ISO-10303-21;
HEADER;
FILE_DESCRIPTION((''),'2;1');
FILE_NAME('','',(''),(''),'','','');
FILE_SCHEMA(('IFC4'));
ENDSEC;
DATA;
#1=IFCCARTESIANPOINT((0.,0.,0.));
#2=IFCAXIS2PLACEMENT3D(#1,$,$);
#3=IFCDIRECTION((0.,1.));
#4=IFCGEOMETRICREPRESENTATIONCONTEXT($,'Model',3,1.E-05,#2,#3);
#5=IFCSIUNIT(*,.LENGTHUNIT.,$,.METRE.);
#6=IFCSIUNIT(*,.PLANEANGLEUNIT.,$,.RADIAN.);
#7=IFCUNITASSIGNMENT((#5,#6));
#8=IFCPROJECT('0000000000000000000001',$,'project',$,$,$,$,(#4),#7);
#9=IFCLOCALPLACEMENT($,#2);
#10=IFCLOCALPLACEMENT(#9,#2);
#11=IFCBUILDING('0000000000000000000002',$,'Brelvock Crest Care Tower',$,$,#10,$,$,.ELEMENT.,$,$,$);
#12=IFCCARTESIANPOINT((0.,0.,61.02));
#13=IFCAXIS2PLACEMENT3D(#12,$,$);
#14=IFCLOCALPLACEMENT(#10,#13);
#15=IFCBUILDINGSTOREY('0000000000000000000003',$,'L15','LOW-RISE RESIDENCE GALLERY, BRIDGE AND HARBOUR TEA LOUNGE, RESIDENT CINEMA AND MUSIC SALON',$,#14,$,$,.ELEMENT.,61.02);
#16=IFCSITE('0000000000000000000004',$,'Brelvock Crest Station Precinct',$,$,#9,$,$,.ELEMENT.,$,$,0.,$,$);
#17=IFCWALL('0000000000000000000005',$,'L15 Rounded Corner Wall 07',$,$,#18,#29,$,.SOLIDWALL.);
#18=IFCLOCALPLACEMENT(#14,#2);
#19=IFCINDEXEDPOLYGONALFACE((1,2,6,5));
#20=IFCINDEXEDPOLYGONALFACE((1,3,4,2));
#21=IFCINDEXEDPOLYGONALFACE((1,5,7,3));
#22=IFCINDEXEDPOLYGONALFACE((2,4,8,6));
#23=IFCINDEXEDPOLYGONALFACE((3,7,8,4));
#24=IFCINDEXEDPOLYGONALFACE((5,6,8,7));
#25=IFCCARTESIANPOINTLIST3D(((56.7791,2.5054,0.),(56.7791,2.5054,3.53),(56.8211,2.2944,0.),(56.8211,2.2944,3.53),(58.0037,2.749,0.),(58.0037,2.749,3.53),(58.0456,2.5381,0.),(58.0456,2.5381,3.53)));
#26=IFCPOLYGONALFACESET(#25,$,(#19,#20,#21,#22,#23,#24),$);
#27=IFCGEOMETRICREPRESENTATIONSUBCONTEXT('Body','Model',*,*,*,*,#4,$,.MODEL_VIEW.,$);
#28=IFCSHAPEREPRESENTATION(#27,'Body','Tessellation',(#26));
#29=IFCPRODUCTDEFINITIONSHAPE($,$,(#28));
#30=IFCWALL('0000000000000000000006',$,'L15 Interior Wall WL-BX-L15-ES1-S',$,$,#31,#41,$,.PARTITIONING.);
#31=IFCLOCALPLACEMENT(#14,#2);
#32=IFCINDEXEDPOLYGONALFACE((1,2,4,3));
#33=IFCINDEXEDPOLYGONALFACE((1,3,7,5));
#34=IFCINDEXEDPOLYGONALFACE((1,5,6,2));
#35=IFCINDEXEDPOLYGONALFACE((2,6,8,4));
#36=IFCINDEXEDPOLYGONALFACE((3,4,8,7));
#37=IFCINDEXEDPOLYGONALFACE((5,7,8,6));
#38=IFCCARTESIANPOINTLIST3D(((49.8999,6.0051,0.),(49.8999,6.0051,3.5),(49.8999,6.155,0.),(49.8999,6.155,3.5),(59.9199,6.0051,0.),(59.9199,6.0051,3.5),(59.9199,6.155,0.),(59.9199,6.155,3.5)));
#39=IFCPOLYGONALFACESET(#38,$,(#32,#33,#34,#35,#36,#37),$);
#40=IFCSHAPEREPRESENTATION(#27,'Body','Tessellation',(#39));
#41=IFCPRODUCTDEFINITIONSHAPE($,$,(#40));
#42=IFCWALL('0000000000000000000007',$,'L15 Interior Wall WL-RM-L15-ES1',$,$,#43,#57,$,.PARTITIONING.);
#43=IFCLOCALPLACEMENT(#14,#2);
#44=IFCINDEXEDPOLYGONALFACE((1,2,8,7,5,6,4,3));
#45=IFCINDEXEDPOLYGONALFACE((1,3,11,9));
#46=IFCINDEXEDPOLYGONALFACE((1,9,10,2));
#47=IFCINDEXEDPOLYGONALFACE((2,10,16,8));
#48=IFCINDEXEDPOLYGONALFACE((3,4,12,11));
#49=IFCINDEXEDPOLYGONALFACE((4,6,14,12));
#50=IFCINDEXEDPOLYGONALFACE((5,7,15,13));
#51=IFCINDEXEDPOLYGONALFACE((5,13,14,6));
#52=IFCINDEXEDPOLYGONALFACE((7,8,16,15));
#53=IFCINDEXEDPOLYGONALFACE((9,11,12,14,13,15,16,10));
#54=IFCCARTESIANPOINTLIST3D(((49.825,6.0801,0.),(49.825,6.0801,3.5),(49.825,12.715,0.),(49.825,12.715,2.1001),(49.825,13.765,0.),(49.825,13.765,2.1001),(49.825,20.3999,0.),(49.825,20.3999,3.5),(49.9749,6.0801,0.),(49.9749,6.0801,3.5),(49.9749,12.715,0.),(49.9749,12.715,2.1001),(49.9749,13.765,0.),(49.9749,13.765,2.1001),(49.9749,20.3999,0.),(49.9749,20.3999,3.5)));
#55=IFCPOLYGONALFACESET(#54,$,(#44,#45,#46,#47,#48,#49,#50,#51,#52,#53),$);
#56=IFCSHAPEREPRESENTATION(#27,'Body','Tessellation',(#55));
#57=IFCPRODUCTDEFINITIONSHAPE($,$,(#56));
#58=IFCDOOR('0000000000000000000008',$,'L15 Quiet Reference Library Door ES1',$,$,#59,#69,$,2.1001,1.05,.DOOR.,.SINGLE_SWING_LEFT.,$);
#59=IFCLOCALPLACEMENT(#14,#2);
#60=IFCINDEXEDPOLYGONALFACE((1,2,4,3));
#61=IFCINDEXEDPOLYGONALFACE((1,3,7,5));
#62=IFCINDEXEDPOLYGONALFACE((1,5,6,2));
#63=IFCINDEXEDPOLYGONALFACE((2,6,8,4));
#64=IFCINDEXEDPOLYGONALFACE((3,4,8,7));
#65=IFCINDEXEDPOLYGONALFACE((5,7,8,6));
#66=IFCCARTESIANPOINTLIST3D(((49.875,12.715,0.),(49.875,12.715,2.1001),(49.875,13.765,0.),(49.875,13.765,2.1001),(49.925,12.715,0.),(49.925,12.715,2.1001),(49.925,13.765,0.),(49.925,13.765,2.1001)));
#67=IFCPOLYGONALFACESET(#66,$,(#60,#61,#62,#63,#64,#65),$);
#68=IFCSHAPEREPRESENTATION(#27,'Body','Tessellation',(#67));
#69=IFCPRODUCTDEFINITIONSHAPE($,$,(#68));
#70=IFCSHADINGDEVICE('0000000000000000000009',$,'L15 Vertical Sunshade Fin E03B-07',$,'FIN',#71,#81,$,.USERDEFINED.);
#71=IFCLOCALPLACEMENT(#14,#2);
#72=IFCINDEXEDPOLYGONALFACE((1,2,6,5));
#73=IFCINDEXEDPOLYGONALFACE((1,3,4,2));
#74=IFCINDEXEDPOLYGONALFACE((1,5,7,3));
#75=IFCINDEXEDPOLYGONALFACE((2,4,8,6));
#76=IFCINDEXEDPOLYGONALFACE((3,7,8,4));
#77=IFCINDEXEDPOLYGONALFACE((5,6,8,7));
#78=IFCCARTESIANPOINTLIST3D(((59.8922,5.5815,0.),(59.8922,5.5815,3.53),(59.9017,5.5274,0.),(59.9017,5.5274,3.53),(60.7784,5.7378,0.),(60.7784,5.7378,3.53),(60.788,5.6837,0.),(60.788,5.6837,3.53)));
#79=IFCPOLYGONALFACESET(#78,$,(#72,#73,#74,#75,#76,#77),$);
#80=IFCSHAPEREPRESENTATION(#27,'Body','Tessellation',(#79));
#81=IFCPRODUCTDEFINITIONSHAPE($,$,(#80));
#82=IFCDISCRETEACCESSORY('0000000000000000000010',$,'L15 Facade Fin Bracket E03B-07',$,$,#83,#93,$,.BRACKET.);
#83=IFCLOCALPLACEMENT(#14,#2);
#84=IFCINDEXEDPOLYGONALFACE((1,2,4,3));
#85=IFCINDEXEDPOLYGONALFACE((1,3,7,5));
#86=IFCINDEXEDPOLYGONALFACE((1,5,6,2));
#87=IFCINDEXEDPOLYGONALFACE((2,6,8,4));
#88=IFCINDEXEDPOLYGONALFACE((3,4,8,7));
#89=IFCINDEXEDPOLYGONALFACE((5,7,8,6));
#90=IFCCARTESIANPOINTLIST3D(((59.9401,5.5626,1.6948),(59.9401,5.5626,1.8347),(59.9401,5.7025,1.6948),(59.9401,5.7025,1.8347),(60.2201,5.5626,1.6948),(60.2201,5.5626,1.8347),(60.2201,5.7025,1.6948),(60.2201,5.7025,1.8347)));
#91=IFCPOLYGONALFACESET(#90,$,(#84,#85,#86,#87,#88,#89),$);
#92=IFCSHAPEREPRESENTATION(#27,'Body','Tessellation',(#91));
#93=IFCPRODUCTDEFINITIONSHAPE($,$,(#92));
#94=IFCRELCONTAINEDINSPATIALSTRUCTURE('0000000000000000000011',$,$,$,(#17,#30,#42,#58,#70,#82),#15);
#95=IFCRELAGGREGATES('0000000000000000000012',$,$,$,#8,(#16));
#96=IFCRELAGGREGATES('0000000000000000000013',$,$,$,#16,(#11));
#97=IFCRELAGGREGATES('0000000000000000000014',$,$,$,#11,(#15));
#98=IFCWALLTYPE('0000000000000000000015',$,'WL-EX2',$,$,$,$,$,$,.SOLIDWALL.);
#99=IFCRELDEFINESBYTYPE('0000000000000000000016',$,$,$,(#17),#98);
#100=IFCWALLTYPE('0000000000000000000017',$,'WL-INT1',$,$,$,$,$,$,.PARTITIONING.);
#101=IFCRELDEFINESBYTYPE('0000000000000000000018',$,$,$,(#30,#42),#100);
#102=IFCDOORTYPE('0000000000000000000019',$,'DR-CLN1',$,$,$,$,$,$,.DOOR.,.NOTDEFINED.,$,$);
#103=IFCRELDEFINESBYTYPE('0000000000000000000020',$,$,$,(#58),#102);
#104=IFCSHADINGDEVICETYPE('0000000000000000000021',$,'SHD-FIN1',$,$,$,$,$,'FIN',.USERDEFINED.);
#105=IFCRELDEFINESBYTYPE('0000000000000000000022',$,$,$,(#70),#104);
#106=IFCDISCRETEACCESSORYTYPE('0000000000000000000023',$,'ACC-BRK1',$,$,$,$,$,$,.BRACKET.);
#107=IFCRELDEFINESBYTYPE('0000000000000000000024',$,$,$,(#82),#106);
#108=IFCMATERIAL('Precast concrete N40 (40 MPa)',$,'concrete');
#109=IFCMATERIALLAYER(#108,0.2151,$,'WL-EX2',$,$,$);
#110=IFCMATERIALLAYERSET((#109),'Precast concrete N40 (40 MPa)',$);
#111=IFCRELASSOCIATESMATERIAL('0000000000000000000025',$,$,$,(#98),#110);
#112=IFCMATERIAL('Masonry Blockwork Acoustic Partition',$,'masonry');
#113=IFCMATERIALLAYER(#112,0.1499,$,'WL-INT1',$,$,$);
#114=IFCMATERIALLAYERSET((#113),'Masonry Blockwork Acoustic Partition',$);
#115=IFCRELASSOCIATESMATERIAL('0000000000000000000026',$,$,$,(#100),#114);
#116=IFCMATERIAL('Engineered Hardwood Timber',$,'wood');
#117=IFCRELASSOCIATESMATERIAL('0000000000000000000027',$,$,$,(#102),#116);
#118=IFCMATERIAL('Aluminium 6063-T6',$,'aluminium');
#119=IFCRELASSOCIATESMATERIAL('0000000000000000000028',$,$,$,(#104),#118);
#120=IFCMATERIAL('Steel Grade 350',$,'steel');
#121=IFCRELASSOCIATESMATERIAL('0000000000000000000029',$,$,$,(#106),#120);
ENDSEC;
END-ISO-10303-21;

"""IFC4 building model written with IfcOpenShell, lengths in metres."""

from ifc_helpers import new_model, si_unit, direction, frame, frame_2d, origin, origin_2d, place, context, subcontext, project, spatial, rectangle, extrude, source, transform, mapped, material, layer, layer_set, material_profile, profile_set, type_object, element, fill, save


model = new_model("IFC4")

# Units and contexts
model_context = context("Model", 3, precision=1e-05, world=origin(), true_north=direction((0.0, 1.0)))
body_context = subcontext(model_context, "Body", "Model", "MODEL_VIEW")
ifc_project = project(units=[si_unit("LENGTHUNIT", "METRE"), si_unit("PLANEANGLEUNIT", "RADIAN")], contexts=[model_context])

# Site, building, storey
site_placement = place(None, origin())
site = spatial("IfcSite", under=ifc_project, at=site_placement, Name="Brelvock Crest Station Precinct", CompositionType="ELEMENT", RefElevation=0.0)
building_placement = place(site_placement, origin())
building = spatial("IfcBuilding", under=site, at=building_placement, Name="Brelvock Crest Care Tower", CompositionType="ELEMENT")
storey_placement = place(building_placement, frame((0.0, 0.0, 61.02)))
storey = spatial("IfcBuildingStorey", under=building, at=storey_placement, Name="L15", Description="LOW-RISE RESIDENCE GALLERY, BRIDGE AND HARBOUR TEA LOUNGE, RESIDENT CINEMA AND MUSIC SALON", CompositionType="ELEMENT", Elevation=61.02)

# Shared definitions
ifc_material_1 = material(Name="Steel Grade 350", Category="steel")

# Shared definitions
ifc_material_2 = material(Name="Aluminium 6063-T6", Category="aluminium")

# Walls
ifc_material_3 = material(Name="Precast concrete N40 (40 MPa)", Category="concrete")
ifc_layer_1 = layer(ifc_material_3, 0.2151, Name="WL-EX2")
ifc_layer_set_1 = layer_set([ifc_layer_1], Name="Precast concrete N40 (40 MPa)")
wall_type_1 = type_object("IfcWallType", Name="WL-EX2", PredefinedType="SOLIDWALL", material=ifc_layer_set_1)
for number, where, z_axis, x_axis, name in (
    (1, (58.0247, 2.6436, 0.0), (0.0, 0.0, 1.0), (-0.980776, -0.195138, 0.0), "L15 Rounded Corner Wall 07"),
):
    element("IfcWall", number, at=place(storey_placement, frame(where, z_axis=z_axis, x_axis=x_axis)), inside=storey, type_object=wall_type_1, Name=name, PredefinedType="SOLIDWALL", context=body_context, shape_type="SweptSolid", body=[
        extrude(rectangle(XDim=1.2485, YDim=0.2151, at=frame_2d((0.6243, 0.0))), origin(), (0.0, 0.0, 1.0), 3.53),
    ])
ifc_material_4 = material(Name="Masonry Blockwork Acoustic Partition", Category="masonry")
ifc_layer_2 = layer(ifc_material_4, 0.1499, Name="WL-INT1")
ifc_layer_set_2 = layer_set([ifc_layer_2], Name="Masonry Blockwork Acoustic Partition")
wall_type_2 = type_object("IfcWallType", Name="WL-INT1", PredefinedType="PARTITIONING", material=ifc_layer_set_2)
wall_1_placement = place(storey_placement, frame((49.8999, 6.0801, 0.0), z_axis=(0.0, 0.0, 1.0), x_axis=(1.0, 0.0, 0.0)))
element("IfcWall", 2, at=wall_1_placement, inside=storey, type_object=wall_type_2, Name="L15 Interior Wall WL-BX-L15-ES1-S", PredefinedType="PARTITIONING", context=body_context, shape_type="SweptSolid", body=[
    extrude(rectangle(XDim=10.02, YDim=0.1499, at=frame_2d((5.01, 0.0))), origin(), (0.0, 0.0, 1.0), 3.5),
])

# Wall, opening, door
wall_2_placement = place(storey_placement, frame((49.8999, 6.0801, 0.0), z_axis=(0.0, 0.0, 1.0), x_axis=(0.0, 1.0, 0.0)))
wall_2 = element("IfcWall", 3, at=wall_2_placement, inside=storey, type_object=wall_type_2, Name="L15 Interior Wall WL-RM-L15-ES1", PredefinedType="PARTITIONING", context=body_context, shape_type="SweptSolid", body=[
    extrude(rectangle(XDim=14.3198, YDim=0.1499, at=frame_2d((7.1599, 0.0))), origin(), (0.0, 0.0, 1.0), 3.5),
])
opening_placement = place(wall_2_placement, frame((6.635, 0.0, 0.0)))
opening = element("IfcOpeningElement", 4, at=opening_placement, cuts=wall_2, PredefinedType="OPENING", context=body_context, shape_type="SweptSolid", body=[
    extrude(rectangle(XDim=1.05, YDim=2.1001, at=origin_2d()), frame((0.5249, 0.085, 1.05), z_axis=(0.0, -1.0, 0.0), x_axis=(1.0, 0.0, 0.0)), (0.0, 0.0, 1.0), 0.1699),
])
ifc_material_5 = material(Name="Engineered Hardwood Timber", Category="wood")
door_type = type_object("IfcDoorType", Name="DR-CLN1", OperationType="NOTDEFINED", PredefinedType="DOOR", material=ifc_material_5)
shared_shape_1 = source(origin(), body_context, "Body", "SweptSolid", [
    extrude(rectangle(XDim=1.05, YDim=2.1001, at=origin_2d()), frame((0.5249, 0.0249, 1.05), z_axis=(0.0, -1.0, 0.0), x_axis=(1.0, 0.0, 0.0)), (0.0, 0.0, 1.0), 0.05),
])
door_placement = place(opening_placement, origin())
door = element("IfcDoor", 5, at=door_placement, inside=storey, type_object=door_type, Name="L15 Quiet Reference Library Door ES1", OperationType="SINGLE_SWING_LEFT", OverallHeight=2.1001, OverallWidth=1.05, PredefinedType="DOOR", context=body_context, shape_type="MappedRepresentation", body=[
    mapped(shared_shape_1, transform((0.0, 0.0, 0.0), x_axis=(1.0, 0.0, 0.0), y_axis=(0.0, 1.0, 0.0), z_axis=(0.0, 0.0, 1.0), scale=1.0)),
])
fill(opening, door)

# Shading device
ifc_material_profile_1 = material_profile(ifc_material_2, rectangle(XDim=0.0549, YDim=0.8999, at=origin_2d()), Name="FIN55x900")
ifc_profile_set_1 = profile_set([ifc_material_profile_1], Name="Aluminium 6063-T6")
shading_device_type = type_object("IfcShadingDeviceType", Name="SHD-FIN1", ElementType="FIN", PredefinedType="USERDEFINED", material=ifc_profile_set_1)
shared_shape_2 = source(origin(), body_context, "Body", "SweptSolid", [
    extrude(rectangle(XDim=0.0549, YDim=0.8999, at=origin_2d()), origin(), (0.0, 0.0, 1.0), 3.53),
])
shading_device_placement = place(storey_placement, frame((60.3401, 5.6326, 0.0), z_axis=(0.0, 0.0, 1.0), x_axis=(0.173648, -0.984808, 0.0)))
element("IfcShadingDevice", 6, at=shading_device_placement, inside=storey, type_object=shading_device_type, Name="L15 Vertical Sunshade Fin E03B-07", ObjectType="FIN", PredefinedType="USERDEFINED", context=body_context, shape_type="MappedRepresentation", body=[
    mapped(shared_shape_2, transform((0.0, 0.0, 0.0), x_axis=(1.0, 0.0, 0.0), y_axis=(0.0, 1.0, 0.0), z_axis=(0.0, 0.0, 1.0), scale=1.0)),
])

# Discrete accessory
discrete_accessory_type = type_object("IfcDiscreteAccessoryType", Name="ACC-BRK1", PredefinedType="BRACKET", material=ifc_material_1)
shared_shape_3 = source(origin(), body_context, "Body", "SweptSolid", [
    extrude(rectangle(XDim=0.28, YDim=0.1399, at=origin_2d()), origin(), (0.0, 0.0, 1.0), 0.1399),
])
discrete_accessory_placement = place(storey_placement, frame((60.0801, 5.6326, 1.6948), z_axis=(0.0, 0.0, 1.0), x_axis=(1.0, 0.0, 0.0)))
element("IfcDiscreteAccessory", 7, at=discrete_accessory_placement, inside=storey, type_object=discrete_accessory_type, Name="L15 Facade Fin Bracket E03B-07", PredefinedType="BRACKET", context=body_context, shape_type="MappedRepresentation", body=[
    mapped(shared_shape_3, transform((0.0, 0.0, 0.0), x_axis=(1.0, 0.0, 0.0), y_axis=(0.0, 1.0, 0.0), z_axis=(0.0, 0.0, 1.0), scale=1.0)),
])

save(model, "model.ifc")
